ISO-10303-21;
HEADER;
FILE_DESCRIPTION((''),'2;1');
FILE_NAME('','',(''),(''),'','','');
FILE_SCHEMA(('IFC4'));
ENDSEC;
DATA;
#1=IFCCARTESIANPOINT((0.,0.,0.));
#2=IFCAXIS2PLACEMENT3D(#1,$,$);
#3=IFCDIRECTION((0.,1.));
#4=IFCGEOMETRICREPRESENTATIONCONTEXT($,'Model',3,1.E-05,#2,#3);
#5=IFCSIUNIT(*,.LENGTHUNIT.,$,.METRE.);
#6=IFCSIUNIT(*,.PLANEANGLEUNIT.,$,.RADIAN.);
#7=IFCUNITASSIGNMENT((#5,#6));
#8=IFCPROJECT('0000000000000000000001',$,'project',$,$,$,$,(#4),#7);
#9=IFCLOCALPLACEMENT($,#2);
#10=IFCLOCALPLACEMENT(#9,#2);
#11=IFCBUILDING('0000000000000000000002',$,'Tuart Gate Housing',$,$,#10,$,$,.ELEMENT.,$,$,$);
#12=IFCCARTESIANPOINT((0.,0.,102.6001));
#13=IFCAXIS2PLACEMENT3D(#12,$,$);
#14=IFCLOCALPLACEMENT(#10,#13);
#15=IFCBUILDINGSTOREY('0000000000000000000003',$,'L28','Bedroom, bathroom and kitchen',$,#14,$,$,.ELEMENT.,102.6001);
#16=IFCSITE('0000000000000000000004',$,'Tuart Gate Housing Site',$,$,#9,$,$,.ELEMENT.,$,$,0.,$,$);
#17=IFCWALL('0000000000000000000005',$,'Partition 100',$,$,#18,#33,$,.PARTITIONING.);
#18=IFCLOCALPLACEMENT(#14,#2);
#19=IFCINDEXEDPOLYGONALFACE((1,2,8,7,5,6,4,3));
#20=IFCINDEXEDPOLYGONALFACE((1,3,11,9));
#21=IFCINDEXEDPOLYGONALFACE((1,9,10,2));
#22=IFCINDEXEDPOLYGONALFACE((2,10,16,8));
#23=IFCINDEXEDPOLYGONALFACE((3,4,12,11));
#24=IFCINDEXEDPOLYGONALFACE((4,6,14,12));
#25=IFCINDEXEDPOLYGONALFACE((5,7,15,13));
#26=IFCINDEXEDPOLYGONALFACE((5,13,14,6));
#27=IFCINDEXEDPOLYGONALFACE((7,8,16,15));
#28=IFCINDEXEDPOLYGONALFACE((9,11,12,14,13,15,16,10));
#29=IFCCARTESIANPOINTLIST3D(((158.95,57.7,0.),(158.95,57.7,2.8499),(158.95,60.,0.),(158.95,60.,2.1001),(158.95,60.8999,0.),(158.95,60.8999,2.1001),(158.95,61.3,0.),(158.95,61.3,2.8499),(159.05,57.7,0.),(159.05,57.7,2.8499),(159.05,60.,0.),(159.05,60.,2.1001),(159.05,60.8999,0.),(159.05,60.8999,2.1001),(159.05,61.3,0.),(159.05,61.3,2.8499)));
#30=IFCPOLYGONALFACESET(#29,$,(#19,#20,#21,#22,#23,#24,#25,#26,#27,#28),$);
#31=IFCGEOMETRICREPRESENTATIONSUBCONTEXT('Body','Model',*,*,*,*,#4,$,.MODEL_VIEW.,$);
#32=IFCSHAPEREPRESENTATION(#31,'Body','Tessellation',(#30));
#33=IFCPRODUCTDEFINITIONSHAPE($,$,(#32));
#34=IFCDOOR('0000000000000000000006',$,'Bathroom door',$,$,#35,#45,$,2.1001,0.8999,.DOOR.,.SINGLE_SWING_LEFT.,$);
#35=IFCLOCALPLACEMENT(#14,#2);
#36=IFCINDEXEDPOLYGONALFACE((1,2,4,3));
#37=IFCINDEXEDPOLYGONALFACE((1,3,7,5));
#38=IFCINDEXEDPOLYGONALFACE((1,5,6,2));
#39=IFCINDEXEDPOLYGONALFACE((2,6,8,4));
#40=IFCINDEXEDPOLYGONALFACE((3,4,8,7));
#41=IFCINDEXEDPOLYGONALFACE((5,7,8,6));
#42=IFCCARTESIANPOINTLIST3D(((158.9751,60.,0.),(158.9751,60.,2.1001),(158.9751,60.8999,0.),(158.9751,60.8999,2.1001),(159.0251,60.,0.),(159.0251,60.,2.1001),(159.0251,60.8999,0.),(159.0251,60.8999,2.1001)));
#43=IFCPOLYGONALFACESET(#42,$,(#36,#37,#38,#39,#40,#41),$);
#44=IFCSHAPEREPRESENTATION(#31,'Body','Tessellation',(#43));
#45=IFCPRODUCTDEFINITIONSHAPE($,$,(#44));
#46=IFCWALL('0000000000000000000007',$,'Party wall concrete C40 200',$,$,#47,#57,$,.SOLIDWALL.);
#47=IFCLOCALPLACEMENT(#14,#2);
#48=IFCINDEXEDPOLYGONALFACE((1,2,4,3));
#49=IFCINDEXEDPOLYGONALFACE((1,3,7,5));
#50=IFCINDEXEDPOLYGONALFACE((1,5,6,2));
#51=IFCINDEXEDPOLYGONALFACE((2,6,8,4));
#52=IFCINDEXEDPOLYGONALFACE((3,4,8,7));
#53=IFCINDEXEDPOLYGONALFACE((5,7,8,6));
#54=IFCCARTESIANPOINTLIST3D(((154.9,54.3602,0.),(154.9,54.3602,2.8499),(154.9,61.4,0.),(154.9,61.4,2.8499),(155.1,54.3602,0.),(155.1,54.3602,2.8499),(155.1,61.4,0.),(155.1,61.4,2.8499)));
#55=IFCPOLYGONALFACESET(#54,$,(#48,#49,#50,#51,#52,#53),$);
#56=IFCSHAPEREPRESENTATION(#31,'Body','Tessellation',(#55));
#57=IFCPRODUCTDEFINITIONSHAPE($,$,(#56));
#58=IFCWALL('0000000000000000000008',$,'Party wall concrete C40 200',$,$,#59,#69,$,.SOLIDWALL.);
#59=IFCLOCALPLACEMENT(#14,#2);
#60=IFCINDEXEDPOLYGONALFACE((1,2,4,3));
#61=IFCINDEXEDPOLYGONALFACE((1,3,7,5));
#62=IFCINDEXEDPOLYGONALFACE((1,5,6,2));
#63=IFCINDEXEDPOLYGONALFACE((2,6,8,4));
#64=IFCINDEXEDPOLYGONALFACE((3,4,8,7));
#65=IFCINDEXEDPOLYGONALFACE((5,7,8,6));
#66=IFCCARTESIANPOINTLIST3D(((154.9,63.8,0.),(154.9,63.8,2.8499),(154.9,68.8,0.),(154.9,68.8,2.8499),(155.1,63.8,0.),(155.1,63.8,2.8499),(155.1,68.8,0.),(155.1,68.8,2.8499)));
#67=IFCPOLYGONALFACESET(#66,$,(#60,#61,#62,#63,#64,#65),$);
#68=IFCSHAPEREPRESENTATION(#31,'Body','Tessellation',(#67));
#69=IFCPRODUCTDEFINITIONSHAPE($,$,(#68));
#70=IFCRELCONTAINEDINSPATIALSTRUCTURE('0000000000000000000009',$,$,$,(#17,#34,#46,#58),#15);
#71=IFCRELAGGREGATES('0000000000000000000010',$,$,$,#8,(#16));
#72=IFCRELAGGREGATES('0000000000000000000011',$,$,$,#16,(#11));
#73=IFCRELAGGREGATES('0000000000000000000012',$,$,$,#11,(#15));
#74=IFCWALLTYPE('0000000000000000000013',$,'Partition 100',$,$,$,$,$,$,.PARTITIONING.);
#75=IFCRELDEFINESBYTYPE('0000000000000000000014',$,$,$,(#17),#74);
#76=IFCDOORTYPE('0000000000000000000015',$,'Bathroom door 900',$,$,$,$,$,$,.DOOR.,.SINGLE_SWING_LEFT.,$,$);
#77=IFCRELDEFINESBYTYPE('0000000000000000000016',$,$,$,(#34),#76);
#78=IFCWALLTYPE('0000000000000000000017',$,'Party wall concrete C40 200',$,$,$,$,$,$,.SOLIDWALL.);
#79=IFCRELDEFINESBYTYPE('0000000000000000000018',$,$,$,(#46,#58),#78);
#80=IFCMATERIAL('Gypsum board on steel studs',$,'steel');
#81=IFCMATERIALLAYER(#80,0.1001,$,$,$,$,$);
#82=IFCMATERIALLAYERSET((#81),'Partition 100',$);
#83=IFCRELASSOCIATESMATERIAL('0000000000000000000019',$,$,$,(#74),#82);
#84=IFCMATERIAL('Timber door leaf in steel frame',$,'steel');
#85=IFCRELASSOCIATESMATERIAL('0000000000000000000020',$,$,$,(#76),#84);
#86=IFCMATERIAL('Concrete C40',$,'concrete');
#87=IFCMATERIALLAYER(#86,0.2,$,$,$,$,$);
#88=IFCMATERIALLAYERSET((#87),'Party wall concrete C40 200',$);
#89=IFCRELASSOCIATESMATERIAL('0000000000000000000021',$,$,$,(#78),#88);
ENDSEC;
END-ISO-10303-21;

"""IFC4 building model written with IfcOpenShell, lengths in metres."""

from ifc_helpers import new_model, si_unit, direction, frame, frame_2d, origin, place, context, subcontext, project, spatial, rectangle, extrude, material, layer, layer_set, type_object, element, fill, save


model = new_model("IFC4")

# Units and contexts
model_context = context("Model", 3, precision=1e-05, world=origin(), true_north=direction((0.0, 1.0)))
body_context = subcontext(model_context, "Body", "Model", "MODEL_VIEW")
ifc_project = project(units=[si_unit("LENGTHUNIT", "METRE"), si_unit("PLANEANGLEUNIT", "RADIAN")], contexts=[model_context])

# Site, building, storey
site_placement = place(None, origin())
site = spatial("IfcSite", under=ifc_project, at=site_placement, Name="Tuart Gate Housing Site", CompositionType="ELEMENT", RefElevation=0.0)
building_placement = place(site_placement, origin())
building = spatial("IfcBuilding", under=site, at=building_placement, Name="Tuart Gate Housing", CompositionType="ELEMENT")
storey_placement = place(building_placement, frame((0.0, 0.0, 102.6001)))
storey = spatial("IfcBuildingStorey", under=building, at=storey_placement, Name="L28", Description="Bedroom, bathroom and kitchen", CompositionType="ELEMENT", Elevation=102.6001)

# Shared definitions
ifc_material_1 = material(Name="Gypsum board on steel studs", Category="steel")
ifc_layer_1 = layer(ifc_material_1, 0.1001)
ifc_layer_set_1 = layer_set([ifc_layer_1], Name="Partition 100")
wall_type_1 = type_object("IfcWallType", Name="Partition 100", PredefinedType="PARTITIONING", material=ifc_layer_set_1)

# Shared definitions
ifc_material_2 = material(Name="Timber door leaf in steel frame", Category="steel")
door_type_1 = type_object("IfcDoorType", Name="Bathroom door 900", OperationType="SINGLE_SWING_LEFT", PredefinedType="DOOR", material=ifc_material_2)

# Wall, opening, door
wall_1_placement = place(storey_placement, frame((159.0, 57.7, 0.0), z_axis=(0.0, 0.0, 1.0), x_axis=(0.0, 1.0, 0.0)))
wall_1 = element("IfcWall", 1, at=wall_1_placement, inside=storey, type_object=wall_type_1, Name="Partition 100", PredefinedType="PARTITIONING", context=body_context, shape_type="SweptSolid", body=[
    extrude(rectangle(XDim=3.6001, YDim=0.1001, at=frame_2d((1.8, 0.0))), origin(), (0.0, 0.0, 1.0), 2.8499),
])
opening_1_placement = place(wall_1_placement, frame((2.3, 0.0, 0.0)))
opening_1 = element("IfcOpeningElement", 2, at=opening_1_placement, cuts=wall_1, PredefinedType="OPENING", context=body_context, shape_type="SweptSolid", body=[
    extrude(rectangle(XDim=0.8999, YDim=2.1001, at=frame_2d((0.45, 1.05))), frame((0.0, 0.0601, 0.0), z_axis=(0.0, -1.0, 0.0), x_axis=(1.0, 0.0, 0.0)), (0.0, 0.0, 1.0), 0.1201),
])
door_1_placement = place(opening_1_placement, frame((0.8999, 0.0, 0.0), z_axis=(0.0, 0.0, 1.0), x_axis=(-1.0, 0.0, 0.0)))
door_1 = element("IfcDoor", 3, at=door_1_placement, inside=storey, type_object=door_type_1, Name="Bathroom door", OperationType="SINGLE_SWING_LEFT", OverallHeight=2.1001, OverallWidth=0.8999, PredefinedType="DOOR", context=body_context, shape_type="SweptSolid", body=[
    extrude(rectangle(XDim=0.8999, YDim=2.1001, at=frame_2d((0.45, 1.05))), frame((0.0, 0.0251, 0.0), z_axis=(0.0, -1.0, 0.0), x_axis=(1.0, 0.0, 0.0)), (0.0, 0.0, 1.0), 0.05),
])
fill(opening_1, door_1)

# Walls
ifc_material_3 = material(Name="Concrete C40", Category="concrete")
ifc_layer_2 = layer(ifc_material_3, 0.2)
ifc_layer_set_2 = layer_set([ifc_layer_2], Name="Party wall concrete C40 200")
wall_type_2 = type_object("IfcWallType", Name="Party wall concrete C40 200", PredefinedType="SOLIDWALL", material=ifc_layer_set_2)
wall_2_placement = place(storey_placement, frame((155.0, 54.3601, 0.0), z_axis=(0.0, 0.0, 1.0), x_axis=(0.0, 1.0, 0.0)))
element("IfcWall", 4, at=wall_2_placement, inside=storey, type_object=wall_type_2, Name="Party wall concrete C40 200", PredefinedType="SOLIDWALL", context=body_context, shape_type="SweptSolid", body=[
    extrude(rectangle(XDim=7.0398, YDim=0.2, at=frame_2d((3.52, 0.0))), origin(), (0.0, 0.0, 1.0), 2.8499),
])
wall_3_placement = place(storey_placement, frame((155.0, 63.8, 0.0), z_axis=(0.0, 0.0, 1.0), x_axis=(0.0, 1.0, 0.0)))
element("IfcWall", 5, at=wall_3_placement, inside=storey, type_object=wall_type_2, Name="Party wall concrete C40 200", PredefinedType="SOLIDWALL", context=body_context, shape_type="SweptSolid", body=[
    extrude(rectangle(XDim=5.0, YDim=0.2, at=frame_2d((2.5, 0.0))), origin(), (0.0, 0.0, 1.0), 2.8499),
])

save(model, "model.ifc")
